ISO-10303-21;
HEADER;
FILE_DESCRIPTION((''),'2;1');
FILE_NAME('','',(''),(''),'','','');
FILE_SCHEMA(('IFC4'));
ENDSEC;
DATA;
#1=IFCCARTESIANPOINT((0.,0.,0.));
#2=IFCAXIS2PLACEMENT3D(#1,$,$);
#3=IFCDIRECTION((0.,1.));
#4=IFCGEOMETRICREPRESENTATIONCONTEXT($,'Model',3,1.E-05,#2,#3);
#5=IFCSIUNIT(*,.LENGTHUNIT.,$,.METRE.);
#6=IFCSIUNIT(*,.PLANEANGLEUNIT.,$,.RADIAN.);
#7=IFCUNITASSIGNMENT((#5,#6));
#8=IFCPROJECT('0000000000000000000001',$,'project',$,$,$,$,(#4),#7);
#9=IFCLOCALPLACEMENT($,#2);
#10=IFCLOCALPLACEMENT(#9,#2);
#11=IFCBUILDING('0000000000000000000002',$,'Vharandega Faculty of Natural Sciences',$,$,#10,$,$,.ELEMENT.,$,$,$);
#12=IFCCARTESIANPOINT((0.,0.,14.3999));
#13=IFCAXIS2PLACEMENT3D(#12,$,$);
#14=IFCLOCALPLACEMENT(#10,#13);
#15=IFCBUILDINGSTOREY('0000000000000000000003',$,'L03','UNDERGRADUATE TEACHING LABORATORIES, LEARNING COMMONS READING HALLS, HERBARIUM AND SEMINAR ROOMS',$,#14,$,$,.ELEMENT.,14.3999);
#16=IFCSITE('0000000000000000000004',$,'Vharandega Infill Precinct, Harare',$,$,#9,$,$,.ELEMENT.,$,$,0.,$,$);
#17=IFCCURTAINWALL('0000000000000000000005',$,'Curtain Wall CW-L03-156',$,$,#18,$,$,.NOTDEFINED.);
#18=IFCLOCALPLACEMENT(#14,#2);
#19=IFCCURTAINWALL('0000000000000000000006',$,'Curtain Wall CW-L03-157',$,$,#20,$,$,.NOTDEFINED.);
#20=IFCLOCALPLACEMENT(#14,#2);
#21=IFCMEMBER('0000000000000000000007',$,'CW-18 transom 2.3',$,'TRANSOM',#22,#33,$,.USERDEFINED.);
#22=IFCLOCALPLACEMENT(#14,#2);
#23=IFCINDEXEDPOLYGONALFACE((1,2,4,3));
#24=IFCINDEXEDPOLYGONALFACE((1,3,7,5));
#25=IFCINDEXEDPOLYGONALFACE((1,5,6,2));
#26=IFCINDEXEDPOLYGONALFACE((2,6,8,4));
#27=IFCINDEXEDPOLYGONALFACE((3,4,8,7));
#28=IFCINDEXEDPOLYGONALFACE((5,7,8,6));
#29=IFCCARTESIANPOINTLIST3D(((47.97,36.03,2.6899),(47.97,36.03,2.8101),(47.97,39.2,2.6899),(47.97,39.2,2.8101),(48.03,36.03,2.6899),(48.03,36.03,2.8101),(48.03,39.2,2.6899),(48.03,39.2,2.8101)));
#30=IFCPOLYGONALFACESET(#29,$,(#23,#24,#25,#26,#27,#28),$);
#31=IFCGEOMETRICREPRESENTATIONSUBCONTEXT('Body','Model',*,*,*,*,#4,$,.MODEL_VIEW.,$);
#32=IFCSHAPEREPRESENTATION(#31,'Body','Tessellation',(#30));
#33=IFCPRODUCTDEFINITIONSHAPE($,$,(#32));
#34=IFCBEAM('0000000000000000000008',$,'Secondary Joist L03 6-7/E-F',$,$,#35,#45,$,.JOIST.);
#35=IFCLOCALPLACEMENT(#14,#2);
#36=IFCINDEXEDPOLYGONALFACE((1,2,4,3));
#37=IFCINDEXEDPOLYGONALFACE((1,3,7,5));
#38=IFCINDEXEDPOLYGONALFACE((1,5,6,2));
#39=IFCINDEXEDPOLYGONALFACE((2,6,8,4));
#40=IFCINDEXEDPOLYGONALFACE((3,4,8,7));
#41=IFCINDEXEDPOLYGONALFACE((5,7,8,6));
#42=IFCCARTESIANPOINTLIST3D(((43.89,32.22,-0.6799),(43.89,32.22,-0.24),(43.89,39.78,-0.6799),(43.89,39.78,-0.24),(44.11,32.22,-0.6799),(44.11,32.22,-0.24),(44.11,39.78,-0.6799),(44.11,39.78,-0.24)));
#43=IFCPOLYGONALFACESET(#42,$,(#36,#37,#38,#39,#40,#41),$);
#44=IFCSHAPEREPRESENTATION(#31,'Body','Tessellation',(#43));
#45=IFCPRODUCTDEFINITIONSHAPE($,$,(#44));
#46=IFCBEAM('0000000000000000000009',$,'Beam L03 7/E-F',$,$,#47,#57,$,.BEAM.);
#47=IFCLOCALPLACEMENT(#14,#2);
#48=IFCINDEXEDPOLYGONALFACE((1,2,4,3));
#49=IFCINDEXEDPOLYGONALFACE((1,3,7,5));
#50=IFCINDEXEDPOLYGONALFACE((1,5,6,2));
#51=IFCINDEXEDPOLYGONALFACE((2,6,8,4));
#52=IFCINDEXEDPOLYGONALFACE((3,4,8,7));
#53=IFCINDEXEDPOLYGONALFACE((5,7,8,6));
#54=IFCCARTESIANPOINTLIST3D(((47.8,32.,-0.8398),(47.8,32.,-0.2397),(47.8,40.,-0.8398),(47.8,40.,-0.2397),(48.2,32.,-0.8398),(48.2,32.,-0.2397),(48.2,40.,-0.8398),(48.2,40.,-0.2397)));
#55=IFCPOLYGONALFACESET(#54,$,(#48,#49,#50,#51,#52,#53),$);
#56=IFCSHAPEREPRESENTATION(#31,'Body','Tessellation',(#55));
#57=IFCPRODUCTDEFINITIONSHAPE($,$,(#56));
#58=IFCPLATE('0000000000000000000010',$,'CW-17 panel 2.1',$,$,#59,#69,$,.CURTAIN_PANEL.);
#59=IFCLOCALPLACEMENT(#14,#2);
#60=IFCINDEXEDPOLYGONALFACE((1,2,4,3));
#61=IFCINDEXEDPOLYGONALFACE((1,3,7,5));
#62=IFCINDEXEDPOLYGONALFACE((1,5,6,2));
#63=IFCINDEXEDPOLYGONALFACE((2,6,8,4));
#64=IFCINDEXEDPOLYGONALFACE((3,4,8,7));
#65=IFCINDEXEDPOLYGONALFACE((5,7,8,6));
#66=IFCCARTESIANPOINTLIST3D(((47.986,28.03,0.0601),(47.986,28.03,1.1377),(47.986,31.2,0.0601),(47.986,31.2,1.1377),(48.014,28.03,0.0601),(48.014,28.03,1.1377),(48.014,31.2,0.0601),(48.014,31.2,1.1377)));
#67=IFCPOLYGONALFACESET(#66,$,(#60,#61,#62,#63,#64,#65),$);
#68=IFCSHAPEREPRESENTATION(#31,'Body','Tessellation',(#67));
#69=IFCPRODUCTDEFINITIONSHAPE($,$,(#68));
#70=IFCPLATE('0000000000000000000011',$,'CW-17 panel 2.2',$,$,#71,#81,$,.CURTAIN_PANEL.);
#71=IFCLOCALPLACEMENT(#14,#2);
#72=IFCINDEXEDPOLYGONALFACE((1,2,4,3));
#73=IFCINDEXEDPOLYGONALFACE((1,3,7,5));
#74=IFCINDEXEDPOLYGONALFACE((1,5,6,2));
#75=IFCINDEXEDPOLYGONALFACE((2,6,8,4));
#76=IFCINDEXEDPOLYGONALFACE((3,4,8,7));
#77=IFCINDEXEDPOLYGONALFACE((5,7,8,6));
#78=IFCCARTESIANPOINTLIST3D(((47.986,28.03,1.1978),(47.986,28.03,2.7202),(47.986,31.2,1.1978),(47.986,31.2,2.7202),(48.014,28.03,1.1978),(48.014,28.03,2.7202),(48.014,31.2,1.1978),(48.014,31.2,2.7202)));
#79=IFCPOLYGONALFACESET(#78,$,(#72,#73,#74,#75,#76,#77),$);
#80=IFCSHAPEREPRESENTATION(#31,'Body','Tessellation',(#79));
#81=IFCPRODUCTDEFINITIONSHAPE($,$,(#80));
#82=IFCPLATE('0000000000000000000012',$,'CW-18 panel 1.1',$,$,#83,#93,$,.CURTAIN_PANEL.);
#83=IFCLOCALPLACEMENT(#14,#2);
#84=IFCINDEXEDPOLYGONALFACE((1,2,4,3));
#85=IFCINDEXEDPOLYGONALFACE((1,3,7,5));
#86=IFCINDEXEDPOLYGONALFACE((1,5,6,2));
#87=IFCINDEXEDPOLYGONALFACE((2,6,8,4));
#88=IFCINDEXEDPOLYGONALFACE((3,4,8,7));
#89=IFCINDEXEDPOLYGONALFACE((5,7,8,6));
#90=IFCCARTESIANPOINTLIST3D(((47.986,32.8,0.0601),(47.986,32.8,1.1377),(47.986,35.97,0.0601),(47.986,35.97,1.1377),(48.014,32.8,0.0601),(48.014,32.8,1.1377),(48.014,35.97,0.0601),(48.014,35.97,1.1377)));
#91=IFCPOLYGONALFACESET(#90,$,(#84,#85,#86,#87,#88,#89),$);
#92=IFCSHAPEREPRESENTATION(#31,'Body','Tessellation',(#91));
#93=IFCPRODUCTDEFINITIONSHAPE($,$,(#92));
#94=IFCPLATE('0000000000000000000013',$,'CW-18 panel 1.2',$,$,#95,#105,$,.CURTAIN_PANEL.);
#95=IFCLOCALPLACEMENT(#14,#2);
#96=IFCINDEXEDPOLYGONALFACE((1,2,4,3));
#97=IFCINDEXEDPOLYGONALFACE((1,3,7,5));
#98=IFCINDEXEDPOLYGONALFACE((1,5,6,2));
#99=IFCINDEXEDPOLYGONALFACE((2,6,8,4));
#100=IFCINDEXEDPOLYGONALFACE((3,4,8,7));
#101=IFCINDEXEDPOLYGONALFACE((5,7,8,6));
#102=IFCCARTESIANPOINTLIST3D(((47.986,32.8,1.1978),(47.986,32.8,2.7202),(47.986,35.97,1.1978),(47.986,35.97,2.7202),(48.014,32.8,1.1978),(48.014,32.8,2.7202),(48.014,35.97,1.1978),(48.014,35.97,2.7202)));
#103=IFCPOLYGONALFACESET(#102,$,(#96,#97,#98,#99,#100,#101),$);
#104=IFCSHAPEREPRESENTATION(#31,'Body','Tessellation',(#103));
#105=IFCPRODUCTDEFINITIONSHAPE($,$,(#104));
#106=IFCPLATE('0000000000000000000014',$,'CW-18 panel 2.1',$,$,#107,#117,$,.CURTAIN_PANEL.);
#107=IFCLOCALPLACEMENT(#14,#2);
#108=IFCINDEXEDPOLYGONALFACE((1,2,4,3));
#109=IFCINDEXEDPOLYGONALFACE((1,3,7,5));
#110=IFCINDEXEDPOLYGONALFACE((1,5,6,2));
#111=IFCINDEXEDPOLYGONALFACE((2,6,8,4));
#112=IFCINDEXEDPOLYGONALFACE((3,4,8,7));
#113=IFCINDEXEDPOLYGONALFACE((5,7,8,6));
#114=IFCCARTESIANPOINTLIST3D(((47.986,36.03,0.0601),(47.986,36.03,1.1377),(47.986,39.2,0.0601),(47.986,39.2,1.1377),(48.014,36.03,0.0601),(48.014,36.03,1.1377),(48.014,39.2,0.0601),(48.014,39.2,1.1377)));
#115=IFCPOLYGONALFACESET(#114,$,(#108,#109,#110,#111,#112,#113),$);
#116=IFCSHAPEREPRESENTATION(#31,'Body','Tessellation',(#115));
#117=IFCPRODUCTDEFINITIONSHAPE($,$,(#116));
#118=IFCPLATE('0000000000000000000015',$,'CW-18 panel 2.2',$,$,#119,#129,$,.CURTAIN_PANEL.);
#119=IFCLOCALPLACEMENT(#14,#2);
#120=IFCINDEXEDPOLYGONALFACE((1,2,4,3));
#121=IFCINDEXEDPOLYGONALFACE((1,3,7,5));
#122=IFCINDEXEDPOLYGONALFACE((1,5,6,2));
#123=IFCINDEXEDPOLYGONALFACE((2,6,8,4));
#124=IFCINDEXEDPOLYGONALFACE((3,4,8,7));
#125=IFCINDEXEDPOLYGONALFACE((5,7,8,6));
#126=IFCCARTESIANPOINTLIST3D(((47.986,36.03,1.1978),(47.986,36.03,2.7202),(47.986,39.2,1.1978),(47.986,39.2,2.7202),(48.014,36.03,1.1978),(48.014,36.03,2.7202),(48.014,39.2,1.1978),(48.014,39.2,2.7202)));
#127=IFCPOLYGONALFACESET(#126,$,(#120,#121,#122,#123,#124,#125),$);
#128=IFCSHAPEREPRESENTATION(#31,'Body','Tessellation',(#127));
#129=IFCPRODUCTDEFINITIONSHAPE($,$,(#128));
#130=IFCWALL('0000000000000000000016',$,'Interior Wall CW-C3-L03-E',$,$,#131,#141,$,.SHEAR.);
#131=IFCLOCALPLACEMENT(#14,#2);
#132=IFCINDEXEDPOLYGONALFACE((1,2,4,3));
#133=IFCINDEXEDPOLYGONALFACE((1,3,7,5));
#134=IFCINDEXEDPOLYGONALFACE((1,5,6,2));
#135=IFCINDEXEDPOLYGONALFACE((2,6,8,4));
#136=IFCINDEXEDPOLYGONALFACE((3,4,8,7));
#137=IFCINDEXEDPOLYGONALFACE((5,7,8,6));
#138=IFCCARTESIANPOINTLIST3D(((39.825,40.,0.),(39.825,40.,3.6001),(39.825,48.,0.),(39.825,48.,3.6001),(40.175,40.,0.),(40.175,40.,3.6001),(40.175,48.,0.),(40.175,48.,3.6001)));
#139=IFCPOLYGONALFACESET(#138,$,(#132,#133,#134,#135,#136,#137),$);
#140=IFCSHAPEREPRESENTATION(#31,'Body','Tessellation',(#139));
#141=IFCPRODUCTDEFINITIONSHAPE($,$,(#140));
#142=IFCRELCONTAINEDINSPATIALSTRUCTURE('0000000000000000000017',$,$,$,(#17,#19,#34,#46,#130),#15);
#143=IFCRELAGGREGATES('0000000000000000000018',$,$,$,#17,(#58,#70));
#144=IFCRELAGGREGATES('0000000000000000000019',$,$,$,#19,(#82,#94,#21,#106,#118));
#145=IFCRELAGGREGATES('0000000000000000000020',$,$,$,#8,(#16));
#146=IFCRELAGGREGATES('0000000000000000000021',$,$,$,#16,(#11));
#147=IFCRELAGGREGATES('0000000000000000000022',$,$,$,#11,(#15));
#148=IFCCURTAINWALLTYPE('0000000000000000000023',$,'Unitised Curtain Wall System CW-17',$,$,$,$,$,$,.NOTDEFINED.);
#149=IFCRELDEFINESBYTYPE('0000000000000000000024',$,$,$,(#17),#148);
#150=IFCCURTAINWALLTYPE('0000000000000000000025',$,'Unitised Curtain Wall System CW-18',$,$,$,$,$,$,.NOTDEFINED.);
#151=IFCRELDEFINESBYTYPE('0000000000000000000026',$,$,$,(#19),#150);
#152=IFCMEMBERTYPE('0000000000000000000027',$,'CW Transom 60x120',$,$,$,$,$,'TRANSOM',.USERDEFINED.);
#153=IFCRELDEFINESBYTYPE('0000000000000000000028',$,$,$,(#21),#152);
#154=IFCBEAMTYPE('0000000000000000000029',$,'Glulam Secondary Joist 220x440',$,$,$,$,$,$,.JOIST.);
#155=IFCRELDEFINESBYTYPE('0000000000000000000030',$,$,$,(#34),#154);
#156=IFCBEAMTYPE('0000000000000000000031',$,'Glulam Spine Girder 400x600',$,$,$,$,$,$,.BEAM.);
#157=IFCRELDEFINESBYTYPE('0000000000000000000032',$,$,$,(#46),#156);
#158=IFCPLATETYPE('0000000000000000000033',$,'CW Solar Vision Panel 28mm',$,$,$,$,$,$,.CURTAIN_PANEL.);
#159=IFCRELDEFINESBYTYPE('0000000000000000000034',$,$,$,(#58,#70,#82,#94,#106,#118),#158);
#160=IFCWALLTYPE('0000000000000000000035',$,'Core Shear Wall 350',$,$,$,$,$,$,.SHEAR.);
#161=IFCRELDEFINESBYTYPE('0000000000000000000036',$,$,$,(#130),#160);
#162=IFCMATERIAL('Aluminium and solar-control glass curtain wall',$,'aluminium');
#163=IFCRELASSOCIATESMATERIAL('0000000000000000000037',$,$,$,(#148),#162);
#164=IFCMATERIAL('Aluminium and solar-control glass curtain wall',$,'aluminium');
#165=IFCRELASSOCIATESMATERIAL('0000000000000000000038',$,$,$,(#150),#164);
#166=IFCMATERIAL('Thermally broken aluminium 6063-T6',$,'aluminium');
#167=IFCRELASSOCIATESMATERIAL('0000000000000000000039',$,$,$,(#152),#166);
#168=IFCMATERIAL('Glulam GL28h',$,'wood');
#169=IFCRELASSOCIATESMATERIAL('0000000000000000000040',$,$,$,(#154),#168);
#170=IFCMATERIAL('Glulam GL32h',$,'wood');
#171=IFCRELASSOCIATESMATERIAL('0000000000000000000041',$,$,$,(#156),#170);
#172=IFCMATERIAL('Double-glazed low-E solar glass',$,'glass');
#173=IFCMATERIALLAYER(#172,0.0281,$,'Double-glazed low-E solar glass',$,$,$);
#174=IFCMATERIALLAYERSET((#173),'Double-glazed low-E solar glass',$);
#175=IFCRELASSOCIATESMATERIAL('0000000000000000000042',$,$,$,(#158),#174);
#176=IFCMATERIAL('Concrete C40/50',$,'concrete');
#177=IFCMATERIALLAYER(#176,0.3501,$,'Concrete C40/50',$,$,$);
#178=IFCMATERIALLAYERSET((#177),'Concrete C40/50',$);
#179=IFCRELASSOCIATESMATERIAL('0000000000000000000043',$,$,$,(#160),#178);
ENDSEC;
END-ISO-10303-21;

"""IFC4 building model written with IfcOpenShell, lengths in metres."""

from ifc_helpers import new_model, si_unit, direction, frame, frame_2d, origin, origin_2d, place, context, subcontext, project, spatial, rectangle, extrude, material, layer, layer_set, material_profile, profile_set, type_object, element, aggregate, save


model = new_model("IFC4")

# Units and contexts
model_context = context("Model", 3, precision=1e-05, world=origin(), true_north=direction((0.0, 1.0)))
body_context = subcontext(model_context, "Body", "Model", "MODEL_VIEW")
ifc_project = project(units=[si_unit("LENGTHUNIT", "METRE"), si_unit("PLANEANGLEUNIT", "RADIAN")], contexts=[model_context])

# Site, building, storey
site_placement = place(None, origin())
site = spatial("IfcSite", under=ifc_project, at=site_placement, Name="Vharandega Infill Precinct, Harare", CompositionType="ELEMENT", RefElevation=0.0)
building_placement = place(site_placement, origin())
building = spatial("IfcBuilding", under=site, at=building_placement, Name="Vharandega Faculty of Natural Sciences", CompositionType="ELEMENT")
storey_placement = place(building_placement, frame((0.0, 0.0, 14.3999)))
storey = spatial("IfcBuildingStorey", under=building, at=storey_placement, Name="L03", Description="UNDERGRADUATE TEACHING LABORATORIES, LEARNING COMMONS READING HALLS, HERBARIUM AND SEMINAR ROOMS", CompositionType="ELEMENT", Elevation=14.3999)

# Curtain walls
ifc_material_1 = material(Name="Aluminium and solar-control glass curtain wall", Category="aluminium")
curtain_wall_type_1 = type_object("IfcCurtainWallType", Name="Unitised Curtain Wall System CW-17", PredefinedType="NOTDEFINED", material=ifc_material_1)
curtain_wall_1_placement = place(storey_placement, origin())
curtain_wall_1 = element("IfcCurtainWall", 1, at=curtain_wall_1_placement, inside=storey, type_object=curtain_wall_type_1, Name="Curtain Wall CW-L03-156", PredefinedType="NOTDEFINED")
ifc_material_2 = material(Name="Aluminium and solar-control glass curtain wall", Category="aluminium")
curtain_wall_type_2 = type_object("IfcCurtainWallType", Name="Unitised Curtain Wall System CW-18", PredefinedType="NOTDEFINED", material=ifc_material_2)
curtain_wall_2_placement = place(storey_placement, origin())
curtain_wall_2 = element("IfcCurtainWall", 2, at=curtain_wall_2_placement, inside=storey, type_object=curtain_wall_type_2, Name="Curtain Wall CW-L03-157", PredefinedType="NOTDEFINED")

# Member
ifc_material_3 = material(Name="Thermally broken aluminium 6063-T6", Category="aluminium")
ifc_material_profile_1 = material_profile(ifc_material_3, rectangle(XDim=0.0601, YDim=0.1201, at=origin_2d()), Name="ALU 60x120")
ifc_profile_set_1 = profile_set([ifc_material_profile_1], Name="Thermally broken aluminium 6063-T6")
member_type_1 = type_object("IfcMemberType", Name="CW Transom 60x120", ElementType="TRANSOM", PredefinedType="USERDEFINED", material=ifc_profile_set_1)
member_1_placement = place(storey_placement, frame((48.0, 36.03, 2.75), z_axis=(0.0, 1.0, 0.0), x_axis=(-1.0, 0.0, 0.0)))
member_1 = element("IfcMember", 3, at=member_1_placement, type_object=member_type_1, Name="CW-18 transom 2.3", ObjectType="TRANSOM", PredefinedType="USERDEFINED", context=body_context, shape_type="SweptSolid", body=[
    extrude(rectangle(XDim=0.0601, YDim=0.1201, at=origin_2d()), origin(), (0.0, 0.0, 1.0), 3.1699),
])

# Beams
ifc_material_4 = material(Name="Glulam GL28h", Category="wood")
ifc_material_profile_2 = material_profile(ifc_material_4, rectangle(XDim=0.22, YDim=0.4399, at=origin_2d()), Name="GL28h 220x440")
ifc_profile_set_2 = profile_set([ifc_material_profile_2], Name="Glulam GL28h")
beam_type_1 = type_object("IfcBeamType", Name="Glulam Secondary Joist 220x440", PredefinedType="JOIST", material=ifc_profile_set_2)
beam_1_placement = place(storey_placement, frame((44.0, 32.22, -0.46), z_axis=(0.0, 1.0, 0.0), x_axis=(-1.0, 0.0, 0.0)))
element("IfcBeam", 4, at=beam_1_placement, inside=storey, type_object=beam_type_1, Name="Secondary Joist L03 6-7/E-F", PredefinedType="JOIST", context=body_context, shape_type="SweptSolid", body=[
    extrude(rectangle(XDim=0.22, YDim=0.4399, at=origin_2d()), origin(), (0.0, 0.0, 1.0), 7.5601),
])
ifc_material_5 = material(Name="Glulam GL32h", Category="wood")
ifc_material_profile_3 = material_profile(ifc_material_5, rectangle(XDim=0.3999, YDim=0.6001, at=origin_2d()), Name="GL32h 400x600")
ifc_profile_set_3 = profile_set([ifc_material_profile_3], Name="Glulam GL32h")
beam_type_2 = type_object("IfcBeamType", Name="Glulam Spine Girder 400x600", PredefinedType="BEAM", material=ifc_profile_set_3)
beam_2_placement = place(storey_placement, frame((48.0, 32.0, -0.5398), z_axis=(0.0, 1.0, 0.0), x_axis=(-1.0, 0.0, 0.0)))
element("IfcBeam", 5, at=beam_2_placement, inside=storey, type_object=beam_type_2, Name="Beam L03 7/E-F", PredefinedType="BEAM", context=body_context, shape_type="SweptSolid", body=[
    extrude(rectangle(XDim=0.3999, YDim=0.6001, at=origin_2d()), origin(), (0.0, 0.0, 1.0), 8.0),
])

# Plates
ifc_material_6 = material(Name="Double-glazed low-E solar glass", Category="glass")
ifc_layer_1 = layer(ifc_material_6, 0.0281, Name="Double-glazed low-E solar glass")
ifc_layer_set_1 = layer_set([ifc_layer_1], Name="Double-glazed low-E solar glass")
plate_type = type_object("IfcPlateType", Name="CW Solar Vision Panel 28mm", PredefinedType="CURTAIN_PANEL", material=ifc_layer_set_1)
plate_1_placement = place(storey_placement, frame((48.0, 29.615, 0.0601), z_axis=(0.0, 0.0, 1.0), x_axis=(0.0, 1.0, 0.0)))
plate_1 = element("IfcPlate", 6, at=plate_1_placement, type_object=plate_type, Name="CW-17 panel 2.1", PredefinedType="CURTAIN_PANEL", context=body_context, shape_type="SweptSolid", body=[
    extrude(rectangle(XDim=3.1699, YDim=0.0281, at=origin_2d()), origin(), (0.0, 0.0, 1.0), 1.0776),
])
plate_2_placement = place(storey_placement, frame((48.0, 29.615, 1.1978), z_axis=(0.0, 0.0, 1.0), x_axis=(0.0, 1.0, 0.0)))
plate_2 = element("IfcPlate", 7, at=plate_2_placement, type_object=plate_type, Name="CW-17 panel 2.2", PredefinedType="CURTAIN_PANEL", context=body_context, shape_type="SweptSolid", body=[
    extrude(rectangle(XDim=3.1699, YDim=0.0281, at=origin_2d()), origin(), (0.0, 0.0, 1.0), 1.5225),
])
aggregate(curtain_wall_1, [plate_1, plate_2])
plate_3_placement = place(storey_placement, frame((48.0, 34.385, 0.0601), z_axis=(0.0, 0.0, 1.0), x_axis=(0.0, 1.0, 0.0)))
plate_3 = element("IfcPlate", 8, at=plate_3_placement, type_object=plate_type, Name="CW-18 panel 1.1", PredefinedType="CURTAIN_PANEL", context=body_context, shape_type="SweptSolid", body=[
    extrude(rectangle(XDim=3.1699, YDim=0.0281, at=origin_2d()), origin(), (0.0, 0.0, 1.0), 1.0776),
])
plate_4_placement = place(storey_placement, frame((48.0, 34.385, 1.1978), z_axis=(0.0, 0.0, 1.0), x_axis=(0.0, 1.0, 0.0)))
plate_4 = element("IfcPlate", 9, at=plate_4_placement, type_object=plate_type, Name="CW-18 panel 1.2", PredefinedType="CURTAIN_PANEL", context=body_context, shape_type="SweptSolid", body=[
    extrude(rectangle(XDim=3.1699, YDim=0.0281, at=origin_2d()), origin(), (0.0, 0.0, 1.0), 1.5225),
])
plate_5_placement = place(storey_placement, frame((48.0, 37.615, 0.0601), z_axis=(0.0, 0.0, 1.0), x_axis=(0.0, 1.0, 0.0)))
plate_5 = element("IfcPlate", 10, at=plate_5_placement, type_object=plate_type, Name="CW-18 panel 2.1", PredefinedType="CURTAIN_PANEL", context=body_context, shape_type="SweptSolid", body=[
    extrude(rectangle(XDim=3.1699, YDim=0.0281, at=origin_2d()), origin(), (0.0, 0.0, 1.0), 1.0776),
])
plate_6_placement = place(storey_placement, frame((48.0, 37.615, 1.1978), z_axis=(0.0, 0.0, 1.0), x_axis=(0.0, 1.0, 0.0)))
plate_6 = element("IfcPlate", 11, at=plate_6_placement, type_object=plate_type, Name="CW-18 panel 2.2", PredefinedType="CURTAIN_PANEL", context=body_context, shape_type="SweptSolid", body=[
    extrude(rectangle(XDim=3.1699, YDim=0.0281, at=origin_2d()), origin(), (0.0, 0.0, 1.0), 1.5225),
])
aggregate(curtain_wall_2, [plate_3, plate_4, member_1, plate_5, plate_6])

# Wall
ifc_material_7 = material(Name="Concrete C40/50", Category="concrete")
ifc_layer_2 = layer(ifc_material_7, 0.3501, Name="Concrete C40/50")
ifc_layer_set_2 = layer_set([ifc_layer_2], Name="Concrete C40/50")
wall_type = type_object("IfcWallType", Name="Core Shear Wall 350", PredefinedType="SHEAR", material=ifc_layer_set_2)
wall_placement = place(storey_placement, frame((40.0, 40.0, 0.0), z_axis=(0.0, 0.0, 1.0), x_axis=(0.0, 1.0, 0.0)))
element("IfcWall", 12, at=wall_placement, inside=storey, type_object=wall_type, Name="Interior Wall CW-C3-L03-E", PredefinedType="SHEAR", context=body_context, shape_type="SweptSolid", body=[
    extrude(rectangle(XDim=8.0, YDim=0.3501, at=frame_2d((4.0, 0.0))), origin(), (0.0, 0.0, 1.0), 3.6001),
])

save(model, "model.ifc")
